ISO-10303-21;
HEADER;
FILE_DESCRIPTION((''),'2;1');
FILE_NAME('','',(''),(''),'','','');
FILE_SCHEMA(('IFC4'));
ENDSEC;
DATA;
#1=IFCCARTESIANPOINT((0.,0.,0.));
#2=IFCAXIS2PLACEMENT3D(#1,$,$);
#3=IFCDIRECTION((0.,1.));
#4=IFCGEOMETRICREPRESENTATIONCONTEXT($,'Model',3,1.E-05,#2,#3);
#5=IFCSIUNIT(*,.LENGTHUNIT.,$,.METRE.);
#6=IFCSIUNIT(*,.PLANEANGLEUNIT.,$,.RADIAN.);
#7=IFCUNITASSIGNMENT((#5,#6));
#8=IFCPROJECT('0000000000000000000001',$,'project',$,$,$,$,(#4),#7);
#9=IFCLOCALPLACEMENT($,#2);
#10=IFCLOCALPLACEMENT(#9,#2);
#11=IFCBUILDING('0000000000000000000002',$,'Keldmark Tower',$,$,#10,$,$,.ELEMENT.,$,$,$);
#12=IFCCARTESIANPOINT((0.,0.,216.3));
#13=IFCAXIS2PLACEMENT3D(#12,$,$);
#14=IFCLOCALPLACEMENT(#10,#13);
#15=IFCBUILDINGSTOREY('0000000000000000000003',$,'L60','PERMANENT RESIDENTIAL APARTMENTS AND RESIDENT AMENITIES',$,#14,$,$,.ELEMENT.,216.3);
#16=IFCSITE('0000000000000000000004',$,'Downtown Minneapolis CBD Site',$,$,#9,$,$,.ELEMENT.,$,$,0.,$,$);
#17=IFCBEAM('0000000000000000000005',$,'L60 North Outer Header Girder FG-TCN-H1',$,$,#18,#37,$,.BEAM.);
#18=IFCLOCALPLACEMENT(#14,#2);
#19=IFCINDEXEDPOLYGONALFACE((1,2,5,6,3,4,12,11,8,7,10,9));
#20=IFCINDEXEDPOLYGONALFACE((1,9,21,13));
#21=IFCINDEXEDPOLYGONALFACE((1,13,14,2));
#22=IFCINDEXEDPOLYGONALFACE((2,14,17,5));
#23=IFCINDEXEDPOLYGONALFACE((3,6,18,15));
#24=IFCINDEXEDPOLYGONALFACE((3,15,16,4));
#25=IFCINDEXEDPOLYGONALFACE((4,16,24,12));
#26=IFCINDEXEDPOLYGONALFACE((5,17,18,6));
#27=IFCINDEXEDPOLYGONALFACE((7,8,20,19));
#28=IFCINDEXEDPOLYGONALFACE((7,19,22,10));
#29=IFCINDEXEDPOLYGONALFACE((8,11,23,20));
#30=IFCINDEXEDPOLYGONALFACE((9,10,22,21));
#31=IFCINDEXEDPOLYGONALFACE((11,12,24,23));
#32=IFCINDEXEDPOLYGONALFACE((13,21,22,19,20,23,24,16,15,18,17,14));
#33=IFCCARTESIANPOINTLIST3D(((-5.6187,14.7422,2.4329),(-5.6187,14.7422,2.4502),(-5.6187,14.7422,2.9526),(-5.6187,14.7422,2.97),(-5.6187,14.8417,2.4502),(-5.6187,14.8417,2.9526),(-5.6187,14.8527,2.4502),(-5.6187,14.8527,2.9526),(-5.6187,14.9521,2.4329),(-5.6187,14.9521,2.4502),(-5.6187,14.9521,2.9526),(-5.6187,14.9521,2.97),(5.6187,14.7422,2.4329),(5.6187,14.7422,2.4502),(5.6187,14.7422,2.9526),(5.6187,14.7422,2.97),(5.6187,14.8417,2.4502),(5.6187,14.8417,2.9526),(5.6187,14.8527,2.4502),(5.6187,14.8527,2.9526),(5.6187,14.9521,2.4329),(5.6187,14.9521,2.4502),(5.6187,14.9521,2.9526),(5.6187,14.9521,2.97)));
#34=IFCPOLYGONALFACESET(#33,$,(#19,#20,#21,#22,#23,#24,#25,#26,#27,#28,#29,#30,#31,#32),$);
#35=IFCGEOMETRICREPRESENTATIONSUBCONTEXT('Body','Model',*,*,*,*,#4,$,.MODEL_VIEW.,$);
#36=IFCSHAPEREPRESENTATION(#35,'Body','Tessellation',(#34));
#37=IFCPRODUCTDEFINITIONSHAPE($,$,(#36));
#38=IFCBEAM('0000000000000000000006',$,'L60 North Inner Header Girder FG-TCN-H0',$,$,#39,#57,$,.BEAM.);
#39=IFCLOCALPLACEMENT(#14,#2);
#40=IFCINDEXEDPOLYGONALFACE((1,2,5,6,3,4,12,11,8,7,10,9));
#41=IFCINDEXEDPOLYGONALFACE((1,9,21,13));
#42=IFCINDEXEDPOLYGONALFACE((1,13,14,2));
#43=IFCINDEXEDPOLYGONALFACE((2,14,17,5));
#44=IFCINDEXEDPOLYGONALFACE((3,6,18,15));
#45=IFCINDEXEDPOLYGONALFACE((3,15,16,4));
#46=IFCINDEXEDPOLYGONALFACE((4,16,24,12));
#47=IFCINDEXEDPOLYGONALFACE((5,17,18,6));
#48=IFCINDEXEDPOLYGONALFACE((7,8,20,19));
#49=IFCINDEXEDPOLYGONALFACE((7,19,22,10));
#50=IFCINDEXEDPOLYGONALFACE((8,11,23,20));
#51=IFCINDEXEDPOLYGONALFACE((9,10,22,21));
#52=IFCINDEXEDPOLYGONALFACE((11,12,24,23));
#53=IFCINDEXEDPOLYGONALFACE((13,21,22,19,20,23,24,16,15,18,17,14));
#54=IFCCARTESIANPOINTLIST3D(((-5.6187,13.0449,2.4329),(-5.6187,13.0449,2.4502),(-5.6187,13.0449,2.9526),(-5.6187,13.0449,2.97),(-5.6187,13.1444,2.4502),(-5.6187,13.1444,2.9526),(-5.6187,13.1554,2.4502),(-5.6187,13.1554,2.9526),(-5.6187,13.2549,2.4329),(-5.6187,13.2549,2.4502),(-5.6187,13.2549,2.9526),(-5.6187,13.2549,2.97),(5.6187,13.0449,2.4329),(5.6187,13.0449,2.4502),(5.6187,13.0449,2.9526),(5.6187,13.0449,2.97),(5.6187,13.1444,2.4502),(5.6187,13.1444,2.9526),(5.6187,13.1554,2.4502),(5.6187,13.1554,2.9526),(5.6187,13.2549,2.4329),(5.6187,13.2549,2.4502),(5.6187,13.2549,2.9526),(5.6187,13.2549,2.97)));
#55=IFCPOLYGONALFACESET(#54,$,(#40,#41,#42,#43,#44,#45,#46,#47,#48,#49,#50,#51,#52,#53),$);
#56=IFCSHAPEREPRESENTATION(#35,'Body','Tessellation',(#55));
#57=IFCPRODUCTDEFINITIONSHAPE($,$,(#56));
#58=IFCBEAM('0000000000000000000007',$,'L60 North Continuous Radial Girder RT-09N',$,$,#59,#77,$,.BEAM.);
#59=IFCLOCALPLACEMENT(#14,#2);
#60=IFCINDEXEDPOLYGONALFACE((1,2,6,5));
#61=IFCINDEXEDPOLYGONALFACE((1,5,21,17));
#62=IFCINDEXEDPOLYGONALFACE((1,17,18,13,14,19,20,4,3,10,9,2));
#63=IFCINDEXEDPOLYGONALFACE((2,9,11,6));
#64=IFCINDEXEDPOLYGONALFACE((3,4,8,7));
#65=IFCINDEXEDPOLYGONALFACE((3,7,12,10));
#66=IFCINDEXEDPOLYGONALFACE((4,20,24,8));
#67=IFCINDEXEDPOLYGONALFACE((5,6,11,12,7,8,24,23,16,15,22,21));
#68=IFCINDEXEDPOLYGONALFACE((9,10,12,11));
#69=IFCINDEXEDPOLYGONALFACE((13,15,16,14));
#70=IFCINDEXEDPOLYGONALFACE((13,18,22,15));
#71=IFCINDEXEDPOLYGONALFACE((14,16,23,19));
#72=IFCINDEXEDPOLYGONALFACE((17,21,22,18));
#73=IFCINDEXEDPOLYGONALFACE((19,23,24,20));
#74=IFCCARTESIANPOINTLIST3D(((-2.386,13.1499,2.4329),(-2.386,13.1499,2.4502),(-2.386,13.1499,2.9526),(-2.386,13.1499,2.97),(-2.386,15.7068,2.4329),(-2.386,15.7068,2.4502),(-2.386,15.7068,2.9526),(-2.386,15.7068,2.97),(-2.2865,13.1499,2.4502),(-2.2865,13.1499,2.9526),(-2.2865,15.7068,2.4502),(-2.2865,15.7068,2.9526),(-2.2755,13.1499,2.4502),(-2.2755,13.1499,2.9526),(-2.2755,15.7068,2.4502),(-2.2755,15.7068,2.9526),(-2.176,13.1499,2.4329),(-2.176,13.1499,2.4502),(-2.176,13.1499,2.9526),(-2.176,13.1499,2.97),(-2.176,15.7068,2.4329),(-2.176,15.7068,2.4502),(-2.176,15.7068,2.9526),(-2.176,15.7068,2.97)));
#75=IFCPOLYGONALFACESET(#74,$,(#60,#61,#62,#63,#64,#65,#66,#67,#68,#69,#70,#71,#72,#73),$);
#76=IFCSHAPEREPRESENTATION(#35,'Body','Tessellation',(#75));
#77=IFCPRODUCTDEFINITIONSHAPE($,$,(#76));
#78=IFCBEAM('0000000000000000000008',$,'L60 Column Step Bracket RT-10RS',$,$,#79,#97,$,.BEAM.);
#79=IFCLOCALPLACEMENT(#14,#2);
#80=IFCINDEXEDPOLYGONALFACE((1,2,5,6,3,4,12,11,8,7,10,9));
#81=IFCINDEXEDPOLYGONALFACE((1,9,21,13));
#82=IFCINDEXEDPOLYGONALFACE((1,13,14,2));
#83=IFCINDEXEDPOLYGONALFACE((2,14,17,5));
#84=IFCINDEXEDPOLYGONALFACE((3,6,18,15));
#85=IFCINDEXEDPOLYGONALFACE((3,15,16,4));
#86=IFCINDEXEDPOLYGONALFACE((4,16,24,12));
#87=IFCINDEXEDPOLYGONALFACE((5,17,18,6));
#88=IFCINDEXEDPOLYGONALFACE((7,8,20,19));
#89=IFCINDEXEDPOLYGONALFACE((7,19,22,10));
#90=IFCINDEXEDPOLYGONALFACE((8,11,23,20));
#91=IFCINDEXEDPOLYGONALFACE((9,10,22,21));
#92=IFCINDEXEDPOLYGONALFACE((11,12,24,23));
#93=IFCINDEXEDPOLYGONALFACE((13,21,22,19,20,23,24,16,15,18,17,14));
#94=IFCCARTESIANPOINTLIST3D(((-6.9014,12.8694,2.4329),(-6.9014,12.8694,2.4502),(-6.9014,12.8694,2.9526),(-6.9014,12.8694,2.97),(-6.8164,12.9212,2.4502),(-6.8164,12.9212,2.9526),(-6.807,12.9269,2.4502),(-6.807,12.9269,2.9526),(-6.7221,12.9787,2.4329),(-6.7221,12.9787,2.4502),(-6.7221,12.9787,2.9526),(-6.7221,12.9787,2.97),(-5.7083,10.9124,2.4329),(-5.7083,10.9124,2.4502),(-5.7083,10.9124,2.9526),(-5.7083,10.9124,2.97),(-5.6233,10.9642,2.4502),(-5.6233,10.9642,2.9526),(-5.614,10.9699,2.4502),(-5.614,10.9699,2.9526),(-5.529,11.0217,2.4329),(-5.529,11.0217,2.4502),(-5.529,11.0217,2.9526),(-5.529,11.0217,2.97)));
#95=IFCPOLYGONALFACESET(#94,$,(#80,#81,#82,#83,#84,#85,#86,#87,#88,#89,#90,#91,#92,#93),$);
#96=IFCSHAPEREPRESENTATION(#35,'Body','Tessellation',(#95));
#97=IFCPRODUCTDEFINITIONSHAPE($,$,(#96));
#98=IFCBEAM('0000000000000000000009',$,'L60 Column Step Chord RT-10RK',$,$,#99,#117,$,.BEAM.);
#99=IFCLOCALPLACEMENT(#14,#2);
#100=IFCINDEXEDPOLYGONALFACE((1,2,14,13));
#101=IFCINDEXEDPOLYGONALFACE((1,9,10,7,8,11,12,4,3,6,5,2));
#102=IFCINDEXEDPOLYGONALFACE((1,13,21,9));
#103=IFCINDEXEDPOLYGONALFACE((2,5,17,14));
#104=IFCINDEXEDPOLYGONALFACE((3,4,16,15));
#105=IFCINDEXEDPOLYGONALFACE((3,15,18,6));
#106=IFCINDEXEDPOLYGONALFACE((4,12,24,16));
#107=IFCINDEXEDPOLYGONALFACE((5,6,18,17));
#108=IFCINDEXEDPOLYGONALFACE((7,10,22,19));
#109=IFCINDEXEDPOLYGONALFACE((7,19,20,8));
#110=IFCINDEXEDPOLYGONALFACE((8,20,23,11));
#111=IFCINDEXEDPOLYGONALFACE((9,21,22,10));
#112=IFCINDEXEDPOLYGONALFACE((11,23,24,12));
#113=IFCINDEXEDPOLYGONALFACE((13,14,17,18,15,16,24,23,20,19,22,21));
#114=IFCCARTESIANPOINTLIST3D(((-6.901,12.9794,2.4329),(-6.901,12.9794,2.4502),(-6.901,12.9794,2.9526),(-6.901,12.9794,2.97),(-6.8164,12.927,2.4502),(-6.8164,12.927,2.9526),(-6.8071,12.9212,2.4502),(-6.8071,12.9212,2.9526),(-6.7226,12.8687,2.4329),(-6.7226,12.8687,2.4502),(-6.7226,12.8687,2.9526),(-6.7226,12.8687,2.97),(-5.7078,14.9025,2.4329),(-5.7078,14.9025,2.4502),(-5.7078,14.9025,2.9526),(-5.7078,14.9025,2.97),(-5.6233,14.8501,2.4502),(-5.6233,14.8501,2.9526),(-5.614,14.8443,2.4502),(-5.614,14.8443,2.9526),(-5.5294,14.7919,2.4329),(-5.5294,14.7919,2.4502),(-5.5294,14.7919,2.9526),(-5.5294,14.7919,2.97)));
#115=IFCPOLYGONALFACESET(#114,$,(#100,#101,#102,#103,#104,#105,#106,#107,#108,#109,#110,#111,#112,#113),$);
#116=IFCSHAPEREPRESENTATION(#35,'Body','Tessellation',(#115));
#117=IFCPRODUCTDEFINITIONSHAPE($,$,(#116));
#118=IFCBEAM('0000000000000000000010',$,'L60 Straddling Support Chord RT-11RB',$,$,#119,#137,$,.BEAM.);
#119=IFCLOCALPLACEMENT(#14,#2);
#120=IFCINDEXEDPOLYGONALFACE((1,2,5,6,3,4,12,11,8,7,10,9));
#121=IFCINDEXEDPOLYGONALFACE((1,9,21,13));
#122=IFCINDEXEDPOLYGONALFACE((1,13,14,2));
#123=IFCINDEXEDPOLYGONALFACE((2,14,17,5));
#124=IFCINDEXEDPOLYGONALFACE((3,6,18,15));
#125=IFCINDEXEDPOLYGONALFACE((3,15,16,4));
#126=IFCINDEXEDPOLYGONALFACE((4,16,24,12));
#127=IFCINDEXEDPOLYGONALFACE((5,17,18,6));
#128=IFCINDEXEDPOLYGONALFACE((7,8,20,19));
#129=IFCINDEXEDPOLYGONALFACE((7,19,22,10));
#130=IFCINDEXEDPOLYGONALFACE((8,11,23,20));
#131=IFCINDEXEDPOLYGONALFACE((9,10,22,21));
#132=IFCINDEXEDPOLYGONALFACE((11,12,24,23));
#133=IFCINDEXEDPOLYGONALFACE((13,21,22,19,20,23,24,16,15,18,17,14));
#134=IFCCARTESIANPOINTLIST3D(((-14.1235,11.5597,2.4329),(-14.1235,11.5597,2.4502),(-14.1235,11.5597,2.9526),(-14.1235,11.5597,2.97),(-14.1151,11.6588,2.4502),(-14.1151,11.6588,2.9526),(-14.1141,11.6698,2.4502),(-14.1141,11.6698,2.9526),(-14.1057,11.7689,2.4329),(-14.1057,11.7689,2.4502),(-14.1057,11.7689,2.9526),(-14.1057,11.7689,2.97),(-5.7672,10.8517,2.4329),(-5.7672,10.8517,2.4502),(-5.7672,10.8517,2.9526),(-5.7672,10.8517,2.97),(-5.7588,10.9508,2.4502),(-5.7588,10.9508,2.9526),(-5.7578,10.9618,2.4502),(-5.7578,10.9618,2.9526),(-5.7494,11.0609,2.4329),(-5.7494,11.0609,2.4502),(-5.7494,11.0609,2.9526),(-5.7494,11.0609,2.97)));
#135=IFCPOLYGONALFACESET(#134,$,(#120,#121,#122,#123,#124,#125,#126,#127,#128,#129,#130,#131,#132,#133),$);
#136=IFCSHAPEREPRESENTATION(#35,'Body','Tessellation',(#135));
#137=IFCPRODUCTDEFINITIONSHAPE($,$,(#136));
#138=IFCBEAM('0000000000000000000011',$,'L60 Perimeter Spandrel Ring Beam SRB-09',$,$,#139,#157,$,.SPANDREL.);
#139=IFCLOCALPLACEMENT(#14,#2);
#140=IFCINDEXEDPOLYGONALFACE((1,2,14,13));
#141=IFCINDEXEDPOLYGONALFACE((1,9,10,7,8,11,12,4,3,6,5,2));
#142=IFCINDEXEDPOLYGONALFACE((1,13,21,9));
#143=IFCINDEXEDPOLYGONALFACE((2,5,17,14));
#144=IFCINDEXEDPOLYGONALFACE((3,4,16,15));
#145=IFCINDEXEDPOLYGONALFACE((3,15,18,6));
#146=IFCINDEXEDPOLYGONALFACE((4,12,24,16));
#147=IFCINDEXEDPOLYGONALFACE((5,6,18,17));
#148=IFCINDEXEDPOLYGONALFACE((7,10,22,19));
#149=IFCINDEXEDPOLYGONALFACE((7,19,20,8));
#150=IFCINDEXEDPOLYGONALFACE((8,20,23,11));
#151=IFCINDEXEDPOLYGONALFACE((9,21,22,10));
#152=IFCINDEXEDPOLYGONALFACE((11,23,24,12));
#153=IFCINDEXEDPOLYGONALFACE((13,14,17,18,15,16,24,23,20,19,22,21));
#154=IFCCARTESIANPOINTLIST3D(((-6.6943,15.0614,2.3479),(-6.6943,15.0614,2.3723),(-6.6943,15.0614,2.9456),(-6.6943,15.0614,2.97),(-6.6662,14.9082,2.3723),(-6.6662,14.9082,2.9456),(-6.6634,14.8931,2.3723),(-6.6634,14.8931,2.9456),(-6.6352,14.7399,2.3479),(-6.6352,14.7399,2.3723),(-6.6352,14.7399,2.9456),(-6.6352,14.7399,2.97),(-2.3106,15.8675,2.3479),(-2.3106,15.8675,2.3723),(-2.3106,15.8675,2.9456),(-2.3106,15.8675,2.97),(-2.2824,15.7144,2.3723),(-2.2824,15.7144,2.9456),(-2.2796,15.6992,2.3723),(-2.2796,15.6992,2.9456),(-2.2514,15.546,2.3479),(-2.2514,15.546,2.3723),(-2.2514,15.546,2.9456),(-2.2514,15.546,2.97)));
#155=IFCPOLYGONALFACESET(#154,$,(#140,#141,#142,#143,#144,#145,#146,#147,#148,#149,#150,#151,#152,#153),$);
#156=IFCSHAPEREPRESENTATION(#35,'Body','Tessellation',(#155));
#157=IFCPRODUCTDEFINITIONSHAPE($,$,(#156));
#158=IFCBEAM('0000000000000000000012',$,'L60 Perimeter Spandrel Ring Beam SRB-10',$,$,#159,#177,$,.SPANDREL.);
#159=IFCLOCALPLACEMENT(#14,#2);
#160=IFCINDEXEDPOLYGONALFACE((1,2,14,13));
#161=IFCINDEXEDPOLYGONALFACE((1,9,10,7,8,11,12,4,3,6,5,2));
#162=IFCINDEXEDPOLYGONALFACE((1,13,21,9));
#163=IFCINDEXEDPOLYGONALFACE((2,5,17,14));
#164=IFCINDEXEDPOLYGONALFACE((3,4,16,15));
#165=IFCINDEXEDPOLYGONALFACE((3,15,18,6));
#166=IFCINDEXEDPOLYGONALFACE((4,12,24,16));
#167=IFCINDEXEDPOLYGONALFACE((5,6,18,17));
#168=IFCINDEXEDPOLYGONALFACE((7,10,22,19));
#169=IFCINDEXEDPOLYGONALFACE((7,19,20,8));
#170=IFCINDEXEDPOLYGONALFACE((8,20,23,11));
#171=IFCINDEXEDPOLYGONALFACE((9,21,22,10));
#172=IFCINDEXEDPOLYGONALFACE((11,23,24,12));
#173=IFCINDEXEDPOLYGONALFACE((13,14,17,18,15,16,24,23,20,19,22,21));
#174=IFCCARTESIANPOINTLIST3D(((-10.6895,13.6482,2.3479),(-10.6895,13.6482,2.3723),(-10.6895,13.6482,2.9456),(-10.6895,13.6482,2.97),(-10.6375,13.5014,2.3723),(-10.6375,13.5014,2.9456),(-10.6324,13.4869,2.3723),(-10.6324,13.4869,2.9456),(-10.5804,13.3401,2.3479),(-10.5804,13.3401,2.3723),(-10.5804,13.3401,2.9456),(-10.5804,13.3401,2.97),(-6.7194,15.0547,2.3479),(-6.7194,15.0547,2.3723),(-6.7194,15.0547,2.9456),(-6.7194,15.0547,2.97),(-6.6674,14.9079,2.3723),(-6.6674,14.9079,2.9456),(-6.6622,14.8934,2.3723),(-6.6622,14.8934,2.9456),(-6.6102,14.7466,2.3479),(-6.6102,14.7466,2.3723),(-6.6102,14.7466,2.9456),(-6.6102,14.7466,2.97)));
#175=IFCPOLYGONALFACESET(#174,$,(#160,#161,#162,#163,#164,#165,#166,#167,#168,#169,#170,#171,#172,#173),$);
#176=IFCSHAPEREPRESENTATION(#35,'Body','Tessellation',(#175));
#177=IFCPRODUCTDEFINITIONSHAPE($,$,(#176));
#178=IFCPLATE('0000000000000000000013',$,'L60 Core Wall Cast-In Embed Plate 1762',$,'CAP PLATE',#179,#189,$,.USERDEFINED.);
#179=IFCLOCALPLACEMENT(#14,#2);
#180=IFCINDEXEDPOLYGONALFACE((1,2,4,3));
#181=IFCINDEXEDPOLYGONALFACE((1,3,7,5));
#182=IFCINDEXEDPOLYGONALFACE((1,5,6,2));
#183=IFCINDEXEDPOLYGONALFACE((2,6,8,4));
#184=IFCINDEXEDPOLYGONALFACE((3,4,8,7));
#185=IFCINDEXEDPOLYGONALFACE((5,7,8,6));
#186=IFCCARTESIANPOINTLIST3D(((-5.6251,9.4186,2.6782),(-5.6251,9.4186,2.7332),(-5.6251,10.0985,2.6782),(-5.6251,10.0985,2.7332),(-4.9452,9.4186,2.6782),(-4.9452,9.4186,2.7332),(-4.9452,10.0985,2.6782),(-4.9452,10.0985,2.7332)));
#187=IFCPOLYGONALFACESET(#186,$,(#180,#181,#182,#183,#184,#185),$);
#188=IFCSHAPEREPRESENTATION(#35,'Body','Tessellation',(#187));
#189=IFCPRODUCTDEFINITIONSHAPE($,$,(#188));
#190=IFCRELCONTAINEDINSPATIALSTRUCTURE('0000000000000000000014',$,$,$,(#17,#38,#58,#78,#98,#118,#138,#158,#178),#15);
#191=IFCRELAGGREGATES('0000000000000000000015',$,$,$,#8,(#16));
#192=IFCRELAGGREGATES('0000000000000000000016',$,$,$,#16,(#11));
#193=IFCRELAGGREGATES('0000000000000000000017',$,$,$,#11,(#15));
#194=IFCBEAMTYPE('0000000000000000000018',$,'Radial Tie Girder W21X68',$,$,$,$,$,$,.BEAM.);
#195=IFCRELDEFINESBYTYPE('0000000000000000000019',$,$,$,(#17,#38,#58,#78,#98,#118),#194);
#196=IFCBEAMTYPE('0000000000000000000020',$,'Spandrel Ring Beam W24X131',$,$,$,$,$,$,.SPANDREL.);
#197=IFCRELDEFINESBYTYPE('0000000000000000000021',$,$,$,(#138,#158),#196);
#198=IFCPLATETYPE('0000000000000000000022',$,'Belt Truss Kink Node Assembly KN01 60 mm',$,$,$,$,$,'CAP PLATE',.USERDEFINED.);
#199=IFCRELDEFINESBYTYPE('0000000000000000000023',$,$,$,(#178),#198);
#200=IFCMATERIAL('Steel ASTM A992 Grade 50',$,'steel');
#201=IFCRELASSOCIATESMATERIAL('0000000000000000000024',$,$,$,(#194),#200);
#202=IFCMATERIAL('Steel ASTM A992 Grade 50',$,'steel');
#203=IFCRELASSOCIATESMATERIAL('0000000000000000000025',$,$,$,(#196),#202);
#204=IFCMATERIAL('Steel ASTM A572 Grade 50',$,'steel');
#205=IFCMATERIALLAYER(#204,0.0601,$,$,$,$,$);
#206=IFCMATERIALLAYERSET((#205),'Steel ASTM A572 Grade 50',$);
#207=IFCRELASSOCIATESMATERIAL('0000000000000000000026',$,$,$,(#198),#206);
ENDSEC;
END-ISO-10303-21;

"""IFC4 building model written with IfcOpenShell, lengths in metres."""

from ifc_helpers import new_model, si_unit, direction, frame, origin, origin_2d, place, context, subcontext, project, spatial, rectangle, i_section, extrude, material, layer, layer_set, material_profile, profile_set, type_object, element, save


model = new_model("IFC4")

# Units and contexts
model_context = context("Model", 3, precision=1e-05, world=origin(), true_north=direction((0.0, 1.0)))
body_context = subcontext(model_context, "Body", "Model", "MODEL_VIEW")
ifc_project = project(units=[si_unit("LENGTHUNIT", "METRE"), si_unit("PLANEANGLEUNIT", "RADIAN")], contexts=[model_context])

# Site, building, storey
site_placement = place(None, origin())
site = spatial("IfcSite", under=ifc_project, at=site_placement, Name="Downtown Minneapolis CBD Site", CompositionType="ELEMENT", RefElevation=0.0)
building_placement = place(site_placement, origin())
building = spatial("IfcBuilding", under=site, at=building_placement, Name="Keldmark Tower", CompositionType="ELEMENT")
storey_placement = place(building_placement, frame((0.0, 0.0, 216.3)))
storey = spatial("IfcBuildingStorey", under=building, at=storey_placement, Name="L60", Description="PERMANENT RESIDENTIAL APARTMENTS AND RESIDENT AMENITIES", CompositionType="ELEMENT", Elevation=216.3)

# Beams
ifc_material_1 = material(Name="Steel ASTM A992 Grade 50", Category="steel")
ifc_material_profile_1 = material_profile(ifc_material_1, i_section(OverallWidth=0.21, OverallDepth=0.5371, WebThickness=0.011, FlangeThickness=0.0173, at=origin_2d()), Name="W21X68")
ifc_profile_set_1 = profile_set([ifc_material_profile_1], Name="Steel ASTM A992 Grade 50")
beam_type_1 = type_object("IfcBeamType", Name="Radial Tie Girder W21X68", PredefinedType="BEAM", material=ifc_profile_set_1)
for number, where, z_axis, x_axis, name in (
    (1, (-5.6187, 14.8472, 2.7014), (1.0, 0.0, 0.0), (0.0, 1.0, 0.0), "L60 North Outer Header Girder FG-TCN-H1"),
    (2, (-5.6187, 13.1499, 2.7014), (1.0, 0.0, 0.0), (0.0, 1.0, 0.0), "L60 North Inner Header Girder FG-TCN-H0"),
):
    element("IfcBeam", number, at=place(storey_placement, frame(where, z_axis=z_axis, x_axis=x_axis)), inside=storey, type_object=beam_type_1, Name=name, PredefinedType="BEAM", context=body_context, shape_type="SweptSolid", body=[
        extrude(i_section(OverallWidth=0.21, OverallDepth=0.5371, WebThickness=0.011, FlangeThickness=0.0173, at=origin_2d()), origin(), (0.0, 0.0, 1.0), 11.2373),
    ])
beam_1_placement = place(storey_placement, frame((-2.281, 13.1499, 2.7014), z_axis=(0.0, 1.0, 0.0), x_axis=(-1.0, 0.0, 0.0)))
element("IfcBeam", 3, at=beam_1_placement, inside=storey, type_object=beam_type_1, Name="L60 North Continuous Radial Girder RT-09N", PredefinedType="BEAM", context=body_context, shape_type="SweptSolid", body=[
    extrude(i_section(OverallWidth=0.21, OverallDepth=0.5371, WebThickness=0.011, FlangeThickness=0.0173, at=origin_2d()), origin(), (0.0, 0.0, 1.0), 2.5569),
])
beam_2_placement = place(storey_placement, frame((-5.6187, 10.967, 2.7014), z_axis=(-0.520545, 0.853834, 0.0), x_axis=(-0.853834, -0.520545, 0.0)))
element("IfcBeam", 4, at=beam_2_placement, inside=storey, type_object=beam_type_1, Name="L60 Column Step Bracket RT-10RS", PredefinedType="BEAM", context=body_context, shape_type="SweptSolid", body=[
    extrude(i_section(OverallWidth=0.21, OverallDepth=0.5371, WebThickness=0.011, FlangeThickness=0.0173, at=origin_2d()), origin(), (0.0, 0.0, 1.0), 2.292),
])
beam_3_placement = place(storey_placement, frame((-6.8118, 12.9241, 2.7014), z_axis=(0.527194, 0.849745, 0.0), x_axis=(-0.849745, 0.527194, 0.0)))
element("IfcBeam", 5, at=beam_3_placement, inside=storey, type_object=beam_type_1, Name="L60 Column Step Chord RT-10RK", PredefinedType="BEAM", context=body_context, shape_type="SweptSolid", body=[
    extrude(i_section(OverallWidth=0.21, OverallDepth=0.5371, WebThickness=0.011, FlangeThickness=0.0173, at=origin_2d()), origin(), (0.0, 0.0, 1.0), 2.2632),
])
beam_4_placement = place(storey_placement, frame((-5.7583, 10.9563, 2.7014), z_axis=(-0.99643, 0.084426, 0.0), x_axis=(-0.084426, -0.99643, 0.0)))
element("IfcBeam", 6, at=beam_4_placement, inside=storey, type_object=beam_type_1, Name="L60 Straddling Support Chord RT-11RB", PredefinedType="BEAM", context=body_context, shape_type="SweptSolid", body=[
    extrude(i_section(OverallWidth=0.21, OverallDepth=0.5371, WebThickness=0.011, FlangeThickness=0.0173, at=origin_2d()), origin(), (0.0, 0.0, 1.0), 8.3862),
])
ifc_material_2 = material(Name="Steel ASTM A992 Grade 50", Category="steel")
ifc_material_profile_2 = material_profile(ifc_material_2, i_section(OverallWidth=0.3269, OverallDepth=0.6221, WebThickness=0.0154, FlangeThickness=0.0244, at=origin_2d()), Name="W24X131")
ifc_profile_set_2 = profile_set([ifc_material_profile_2], Name="Steel ASTM A992 Grade 50")
beam_type_2 = type_object("IfcBeamType", Name="Spandrel Ring Beam W24X131", PredefinedType="SPANDREL", material=ifc_profile_set_2)
beam_5_placement = place(storey_placement, frame((-2.281, 15.7068, 2.6589), z_axis=(-0.983509, -0.180861, 0.0), x_axis=(0.180861, -0.983509, 0.0)))
element("IfcBeam", 7, at=beam_5_placement, inside=storey, type_object=beam_type_2, Name="L60 Perimeter Spandrel Ring Beam SRB-09", PredefinedType="SPANDREL", context=body_context, shape_type="SweptSolid", body=[
    extrude(i_section(OverallWidth=0.3269, OverallDepth=0.6221, WebThickness=0.0154, FlangeThickness=0.0244, at=origin_2d()), origin(), (0.0, 0.0, 1.0), 4.4573),
])
beam_6_placement = place(storey_placement, frame((-6.6648, 14.9006, 2.6589), z_axis=(-0.942599, -0.333927, 0.0), x_axis=(0.333927, -0.942599, 0.0)))
element("IfcBeam", 8, at=beam_6_placement, inside=storey, type_object=beam_type_2, Name="L60 Perimeter Spandrel Ring Beam SRB-10", PredefinedType="SPANDREL", context=body_context, shape_type="SweptSolid", body=[
    extrude(i_section(OverallWidth=0.3269, OverallDepth=0.6221, WebThickness=0.0154, FlangeThickness=0.0244, at=origin_2d()), origin(), (0.0, 0.0, 1.0), 4.2119),
])

# Plate
ifc_material_3 = material(Name="Steel ASTM A572 Grade 50", Category="steel")
ifc_layer_1 = layer(ifc_material_3, 0.0601)
ifc_layer_set_1 = layer_set([ifc_layer_1], Name="Steel ASTM A572 Grade 50")
plate_type_1 = type_object("IfcPlateType", Name="Belt Truss Kink Node Assembly KN01 60 mm", ElementType="CAP PLATE", PredefinedType="USERDEFINED", material=ifc_layer_set_1)
for number, where, z_axis, x_axis, name in (
    (9, (-5.2852, 9.7585, 2.6782), (0.0, 0.0, 1.0), (1.0, 0.0, 0.0), "L60 Core Wall Cast-In Embed Plate 1762"),
):
    element("IfcPlate", number, at=place(storey_placement, frame(where, z_axis=z_axis, x_axis=x_axis)), inside=storey, type_object=plate_type_1, Name=name, ObjectType="CAP PLATE", PredefinedType="USERDEFINED", context=body_context, shape_type="SweptSolid", body=[
        extrude(rectangle(XDim=0.6799, YDim=0.6799, at=origin_2d()), origin(), (0.0, 0.0, 1.0), 0.0549),
    ])

save(model, "model.ifc")
